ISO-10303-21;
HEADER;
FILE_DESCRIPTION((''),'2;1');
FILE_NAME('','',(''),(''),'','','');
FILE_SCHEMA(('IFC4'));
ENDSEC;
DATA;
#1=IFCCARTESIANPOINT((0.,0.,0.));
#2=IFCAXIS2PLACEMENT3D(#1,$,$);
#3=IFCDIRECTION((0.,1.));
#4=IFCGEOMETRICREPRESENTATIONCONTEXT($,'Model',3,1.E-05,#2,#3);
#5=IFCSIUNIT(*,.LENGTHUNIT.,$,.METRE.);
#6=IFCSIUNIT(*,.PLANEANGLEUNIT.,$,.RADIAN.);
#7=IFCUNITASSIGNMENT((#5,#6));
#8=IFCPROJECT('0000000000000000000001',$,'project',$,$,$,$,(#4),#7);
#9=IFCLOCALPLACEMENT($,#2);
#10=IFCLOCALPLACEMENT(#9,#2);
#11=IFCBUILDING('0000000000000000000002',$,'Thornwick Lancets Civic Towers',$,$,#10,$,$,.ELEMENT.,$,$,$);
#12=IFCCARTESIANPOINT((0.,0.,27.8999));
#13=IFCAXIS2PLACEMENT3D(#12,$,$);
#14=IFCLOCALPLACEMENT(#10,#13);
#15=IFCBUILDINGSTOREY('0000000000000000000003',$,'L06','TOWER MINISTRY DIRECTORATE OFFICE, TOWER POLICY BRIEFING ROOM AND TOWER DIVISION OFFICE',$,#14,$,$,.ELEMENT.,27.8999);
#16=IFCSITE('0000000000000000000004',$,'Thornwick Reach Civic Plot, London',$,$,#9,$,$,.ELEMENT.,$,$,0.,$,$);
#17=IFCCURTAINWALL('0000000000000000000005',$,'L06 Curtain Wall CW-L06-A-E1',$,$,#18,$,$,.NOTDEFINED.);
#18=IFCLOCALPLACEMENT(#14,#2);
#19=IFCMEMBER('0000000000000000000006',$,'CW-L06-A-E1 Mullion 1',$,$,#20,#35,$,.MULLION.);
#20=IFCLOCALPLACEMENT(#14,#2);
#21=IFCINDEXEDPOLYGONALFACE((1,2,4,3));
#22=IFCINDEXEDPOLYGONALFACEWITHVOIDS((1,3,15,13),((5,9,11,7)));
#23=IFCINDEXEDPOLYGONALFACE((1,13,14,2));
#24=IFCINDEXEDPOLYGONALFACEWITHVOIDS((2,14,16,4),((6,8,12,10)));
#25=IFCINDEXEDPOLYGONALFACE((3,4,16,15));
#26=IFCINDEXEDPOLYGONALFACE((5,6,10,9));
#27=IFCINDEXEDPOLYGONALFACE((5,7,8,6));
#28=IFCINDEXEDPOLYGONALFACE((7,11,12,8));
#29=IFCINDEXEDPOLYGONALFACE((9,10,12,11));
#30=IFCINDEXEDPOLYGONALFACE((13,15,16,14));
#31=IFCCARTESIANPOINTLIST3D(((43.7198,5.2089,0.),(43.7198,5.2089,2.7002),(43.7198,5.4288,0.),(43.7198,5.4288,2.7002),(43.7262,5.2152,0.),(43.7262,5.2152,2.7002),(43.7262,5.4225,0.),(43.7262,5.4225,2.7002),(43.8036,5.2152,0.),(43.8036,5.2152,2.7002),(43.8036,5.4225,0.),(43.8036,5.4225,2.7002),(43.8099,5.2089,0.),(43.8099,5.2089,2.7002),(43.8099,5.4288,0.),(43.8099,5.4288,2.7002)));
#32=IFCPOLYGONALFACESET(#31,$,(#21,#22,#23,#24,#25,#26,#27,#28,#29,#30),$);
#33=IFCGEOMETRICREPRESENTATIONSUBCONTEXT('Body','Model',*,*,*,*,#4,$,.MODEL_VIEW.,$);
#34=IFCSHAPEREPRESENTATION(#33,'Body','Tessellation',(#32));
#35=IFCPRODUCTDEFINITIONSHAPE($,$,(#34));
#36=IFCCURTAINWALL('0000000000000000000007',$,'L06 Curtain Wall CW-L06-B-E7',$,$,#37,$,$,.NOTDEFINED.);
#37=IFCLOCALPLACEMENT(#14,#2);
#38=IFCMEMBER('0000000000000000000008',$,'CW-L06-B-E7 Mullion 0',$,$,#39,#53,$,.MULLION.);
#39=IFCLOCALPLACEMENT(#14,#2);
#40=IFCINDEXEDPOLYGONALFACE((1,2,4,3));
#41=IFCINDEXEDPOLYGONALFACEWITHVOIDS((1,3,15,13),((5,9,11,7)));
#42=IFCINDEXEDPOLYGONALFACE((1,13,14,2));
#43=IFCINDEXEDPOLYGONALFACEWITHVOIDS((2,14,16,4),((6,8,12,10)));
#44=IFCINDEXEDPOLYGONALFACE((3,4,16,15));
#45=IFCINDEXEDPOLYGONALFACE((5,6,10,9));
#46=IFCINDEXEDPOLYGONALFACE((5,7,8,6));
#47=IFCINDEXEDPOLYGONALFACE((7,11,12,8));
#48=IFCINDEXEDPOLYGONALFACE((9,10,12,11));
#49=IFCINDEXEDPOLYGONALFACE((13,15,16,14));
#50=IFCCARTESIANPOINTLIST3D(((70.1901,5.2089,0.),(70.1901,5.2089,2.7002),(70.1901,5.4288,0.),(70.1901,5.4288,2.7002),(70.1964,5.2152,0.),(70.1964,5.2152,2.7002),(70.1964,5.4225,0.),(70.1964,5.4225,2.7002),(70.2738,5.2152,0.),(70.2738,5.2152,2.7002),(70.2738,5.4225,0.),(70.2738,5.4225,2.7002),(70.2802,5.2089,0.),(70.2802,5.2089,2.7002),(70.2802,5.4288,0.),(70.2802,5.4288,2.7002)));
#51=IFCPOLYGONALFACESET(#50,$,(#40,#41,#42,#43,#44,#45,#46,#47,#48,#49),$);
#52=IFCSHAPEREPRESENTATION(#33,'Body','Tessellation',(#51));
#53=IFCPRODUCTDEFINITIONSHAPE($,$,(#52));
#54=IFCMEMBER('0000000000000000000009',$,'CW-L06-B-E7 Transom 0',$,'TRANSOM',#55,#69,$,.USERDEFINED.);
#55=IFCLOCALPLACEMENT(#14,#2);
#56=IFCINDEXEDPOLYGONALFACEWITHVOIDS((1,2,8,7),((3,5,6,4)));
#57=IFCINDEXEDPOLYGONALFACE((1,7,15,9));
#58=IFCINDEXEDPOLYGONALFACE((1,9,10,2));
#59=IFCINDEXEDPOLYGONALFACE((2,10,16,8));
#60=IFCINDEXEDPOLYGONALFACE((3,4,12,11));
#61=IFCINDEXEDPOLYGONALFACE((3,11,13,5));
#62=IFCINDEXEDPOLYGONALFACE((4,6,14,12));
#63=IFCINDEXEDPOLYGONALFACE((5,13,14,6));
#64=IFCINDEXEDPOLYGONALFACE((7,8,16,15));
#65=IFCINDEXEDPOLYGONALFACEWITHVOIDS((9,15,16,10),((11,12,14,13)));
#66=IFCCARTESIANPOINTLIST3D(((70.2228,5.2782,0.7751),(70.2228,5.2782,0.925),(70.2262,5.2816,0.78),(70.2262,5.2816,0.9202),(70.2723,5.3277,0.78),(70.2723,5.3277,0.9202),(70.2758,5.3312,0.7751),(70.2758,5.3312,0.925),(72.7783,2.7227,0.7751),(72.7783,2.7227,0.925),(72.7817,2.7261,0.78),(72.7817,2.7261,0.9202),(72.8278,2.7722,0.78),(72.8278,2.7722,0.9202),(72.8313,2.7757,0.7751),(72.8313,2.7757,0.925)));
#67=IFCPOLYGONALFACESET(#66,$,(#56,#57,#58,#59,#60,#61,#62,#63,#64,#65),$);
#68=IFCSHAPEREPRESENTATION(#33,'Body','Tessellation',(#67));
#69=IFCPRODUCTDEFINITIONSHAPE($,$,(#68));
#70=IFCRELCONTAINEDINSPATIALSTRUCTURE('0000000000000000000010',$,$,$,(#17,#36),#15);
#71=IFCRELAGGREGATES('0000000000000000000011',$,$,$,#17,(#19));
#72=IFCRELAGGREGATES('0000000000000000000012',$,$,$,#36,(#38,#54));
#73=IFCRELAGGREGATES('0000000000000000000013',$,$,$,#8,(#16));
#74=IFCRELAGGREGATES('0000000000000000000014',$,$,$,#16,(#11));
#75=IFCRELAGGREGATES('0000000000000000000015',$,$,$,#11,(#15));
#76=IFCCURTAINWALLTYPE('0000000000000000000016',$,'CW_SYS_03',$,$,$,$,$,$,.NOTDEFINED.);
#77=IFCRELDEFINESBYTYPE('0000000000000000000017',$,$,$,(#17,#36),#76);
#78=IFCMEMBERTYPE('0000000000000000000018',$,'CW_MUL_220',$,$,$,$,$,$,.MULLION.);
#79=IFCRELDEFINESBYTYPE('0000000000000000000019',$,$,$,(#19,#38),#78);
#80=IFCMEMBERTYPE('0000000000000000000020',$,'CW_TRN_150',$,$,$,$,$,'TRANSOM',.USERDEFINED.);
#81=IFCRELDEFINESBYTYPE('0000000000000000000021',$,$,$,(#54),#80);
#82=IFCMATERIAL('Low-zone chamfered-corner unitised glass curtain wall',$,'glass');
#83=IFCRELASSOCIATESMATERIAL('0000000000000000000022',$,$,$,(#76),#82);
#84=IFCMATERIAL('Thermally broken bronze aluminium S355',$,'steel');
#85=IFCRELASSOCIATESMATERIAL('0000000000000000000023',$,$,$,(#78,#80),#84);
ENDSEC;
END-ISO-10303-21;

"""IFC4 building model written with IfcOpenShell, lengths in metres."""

from ifc_helpers import new_model, si_unit, direction, frame, origin, origin_2d, place, context, subcontext, project, spatial, hollow_rectangle, extrude, material, material_profile, profile_set, type_object, element, aggregate, save


model = new_model("IFC4")

# Units and contexts
model_context = context("Model", 3, precision=1e-05, world=origin(), true_north=direction((0.0, 1.0)))
body_context = subcontext(model_context, "Body", "Model", "MODEL_VIEW")
ifc_project = project(units=[si_unit("LENGTHUNIT", "METRE"), si_unit("PLANEANGLEUNIT", "RADIAN")], contexts=[model_context])

# Site, building, storey
site_placement = place(None, origin())
site = spatial("IfcSite", under=ifc_project, at=site_placement, Name="Thornwick Reach Civic Plot, London", CompositionType="ELEMENT", RefElevation=0.0)
building_placement = place(site_placement, origin())
building = spatial("IfcBuilding", under=site, at=building_placement, Name="Thornwick Lancets Civic Towers", CompositionType="ELEMENT")
storey_placement = place(building_placement, frame((0.0, 0.0, 27.8999)))
storey = spatial("IfcBuildingStorey", under=building, at=storey_placement, Name="L06", Description="TOWER MINISTRY DIRECTORATE OFFICE, TOWER POLICY BRIEFING ROOM AND TOWER DIVISION OFFICE", CompositionType="ELEMENT", Elevation=27.8999)

# Curtain wall, member
ifc_material_1 = material(Name="Low-zone chamfered-corner unitised glass curtain wall", Category="glass")
curtain_wall_type = type_object("IfcCurtainWallType", Name="CW_SYS_03", PredefinedType="NOTDEFINED", material=ifc_material_1)
curtain_wall_1_placement = place(storey_placement, origin())
curtain_wall_1 = element("IfcCurtainWall", 1, at=curtain_wall_1_placement, inside=storey, type_object=curtain_wall_type, Name="L06 Curtain Wall CW-L06-A-E1", PredefinedType="NOTDEFINED")
ifc_material_2 = material(Name="Thermally broken bronze aluminium S355", Category="steel")
ifc_material_profile_1 = material_profile(ifc_material_2, hollow_rectangle(XDim=0.0901, YDim=0.22, WallThickness=0.0063, at=origin_2d()), Name="RHS 220x90x6.3")
ifc_profile_set_1 = profile_set([ifc_material_profile_1], Name="Thermally broken bronze aluminium S355")
member_type_1 = type_object("IfcMemberType", Name="CW_MUL_220", PredefinedType="MULLION", material=ifc_profile_set_1)
member_1_placement = place(storey_placement, frame((43.7649, 5.3188, 0.0), z_axis=(0.0, 0.0, 1.0), x_axis=(1.0, 0.0, 0.0)))
member_1 = element("IfcMember", 2, at=member_1_placement, type_object=member_type_1, Name="CW-L06-A-E1 Mullion 1", PredefinedType="MULLION", context=body_context, shape_type="SweptSolid", body=[
    extrude(hollow_rectangle(XDim=0.0901, YDim=0.22, WallThickness=0.0063, at=origin_2d()), origin(), (0.0, 0.0, 1.0), 2.7002),
])
aggregate(curtain_wall_1, [member_1])

# Curtain wall, members
curtain_wall_2_placement = place(storey_placement, origin())
curtain_wall_2 = element("IfcCurtainWall", 3, at=curtain_wall_2_placement, inside=storey, type_object=curtain_wall_type, Name="L06 Curtain Wall CW-L06-B-E7", PredefinedType="NOTDEFINED")
member_2_placement = place(storey_placement, frame((70.2351, 5.3188, 0.0), z_axis=(0.0, 0.0, 1.0), x_axis=(1.0, 0.0, 0.0)))
member_2 = element("IfcMember", 4, at=member_2_placement, type_object=member_type_1, Name="CW-L06-B-E7 Mullion 0", PredefinedType="MULLION", context=body_context, shape_type="SweptSolid", body=[
    extrude(hollow_rectangle(XDim=0.0901, YDim=0.22, WallThickness=0.0063, at=origin_2d()), origin(), (0.0, 0.0, 1.0), 2.7002),
])
ifc_material_profile_2 = material_profile(ifc_material_2, hollow_rectangle(XDim=0.075, YDim=0.1499, WallThickness=0.0049, at=origin_2d()), Name="RHS 150x75x5")
ifc_profile_set_2 = profile_set([ifc_material_profile_2], Name="Thermally broken bronze aluminium S355")
member_type_2 = type_object("IfcMemberType", Name="CW_TRN_150", ElementType="TRANSOM", PredefinedType="USERDEFINED", material=ifc_profile_set_2)
member_3_placement = place(storey_placement, frame((70.2493, 5.3047, 0.8501), z_axis=(0.707107, -0.707107, 0.0), x_axis=(0.707107, 0.707107, 0.0)))
member_3 = element("IfcMember", 5, at=member_3_placement, type_object=member_type_2, Name="CW-L06-B-E7 Transom 0", ObjectType="TRANSOM", PredefinedType="USERDEFINED", context=body_context, shape_type="SweptSolid", body=[
    extrude(hollow_rectangle(XDim=0.075, YDim=0.1499, WallThickness=0.0049, at=origin_2d()), origin(), (0.0, 0.0, 1.0), 3.614),
])
aggregate(curtain_wall_2, [member_2, member_3])

save(model, "model.ifc")
